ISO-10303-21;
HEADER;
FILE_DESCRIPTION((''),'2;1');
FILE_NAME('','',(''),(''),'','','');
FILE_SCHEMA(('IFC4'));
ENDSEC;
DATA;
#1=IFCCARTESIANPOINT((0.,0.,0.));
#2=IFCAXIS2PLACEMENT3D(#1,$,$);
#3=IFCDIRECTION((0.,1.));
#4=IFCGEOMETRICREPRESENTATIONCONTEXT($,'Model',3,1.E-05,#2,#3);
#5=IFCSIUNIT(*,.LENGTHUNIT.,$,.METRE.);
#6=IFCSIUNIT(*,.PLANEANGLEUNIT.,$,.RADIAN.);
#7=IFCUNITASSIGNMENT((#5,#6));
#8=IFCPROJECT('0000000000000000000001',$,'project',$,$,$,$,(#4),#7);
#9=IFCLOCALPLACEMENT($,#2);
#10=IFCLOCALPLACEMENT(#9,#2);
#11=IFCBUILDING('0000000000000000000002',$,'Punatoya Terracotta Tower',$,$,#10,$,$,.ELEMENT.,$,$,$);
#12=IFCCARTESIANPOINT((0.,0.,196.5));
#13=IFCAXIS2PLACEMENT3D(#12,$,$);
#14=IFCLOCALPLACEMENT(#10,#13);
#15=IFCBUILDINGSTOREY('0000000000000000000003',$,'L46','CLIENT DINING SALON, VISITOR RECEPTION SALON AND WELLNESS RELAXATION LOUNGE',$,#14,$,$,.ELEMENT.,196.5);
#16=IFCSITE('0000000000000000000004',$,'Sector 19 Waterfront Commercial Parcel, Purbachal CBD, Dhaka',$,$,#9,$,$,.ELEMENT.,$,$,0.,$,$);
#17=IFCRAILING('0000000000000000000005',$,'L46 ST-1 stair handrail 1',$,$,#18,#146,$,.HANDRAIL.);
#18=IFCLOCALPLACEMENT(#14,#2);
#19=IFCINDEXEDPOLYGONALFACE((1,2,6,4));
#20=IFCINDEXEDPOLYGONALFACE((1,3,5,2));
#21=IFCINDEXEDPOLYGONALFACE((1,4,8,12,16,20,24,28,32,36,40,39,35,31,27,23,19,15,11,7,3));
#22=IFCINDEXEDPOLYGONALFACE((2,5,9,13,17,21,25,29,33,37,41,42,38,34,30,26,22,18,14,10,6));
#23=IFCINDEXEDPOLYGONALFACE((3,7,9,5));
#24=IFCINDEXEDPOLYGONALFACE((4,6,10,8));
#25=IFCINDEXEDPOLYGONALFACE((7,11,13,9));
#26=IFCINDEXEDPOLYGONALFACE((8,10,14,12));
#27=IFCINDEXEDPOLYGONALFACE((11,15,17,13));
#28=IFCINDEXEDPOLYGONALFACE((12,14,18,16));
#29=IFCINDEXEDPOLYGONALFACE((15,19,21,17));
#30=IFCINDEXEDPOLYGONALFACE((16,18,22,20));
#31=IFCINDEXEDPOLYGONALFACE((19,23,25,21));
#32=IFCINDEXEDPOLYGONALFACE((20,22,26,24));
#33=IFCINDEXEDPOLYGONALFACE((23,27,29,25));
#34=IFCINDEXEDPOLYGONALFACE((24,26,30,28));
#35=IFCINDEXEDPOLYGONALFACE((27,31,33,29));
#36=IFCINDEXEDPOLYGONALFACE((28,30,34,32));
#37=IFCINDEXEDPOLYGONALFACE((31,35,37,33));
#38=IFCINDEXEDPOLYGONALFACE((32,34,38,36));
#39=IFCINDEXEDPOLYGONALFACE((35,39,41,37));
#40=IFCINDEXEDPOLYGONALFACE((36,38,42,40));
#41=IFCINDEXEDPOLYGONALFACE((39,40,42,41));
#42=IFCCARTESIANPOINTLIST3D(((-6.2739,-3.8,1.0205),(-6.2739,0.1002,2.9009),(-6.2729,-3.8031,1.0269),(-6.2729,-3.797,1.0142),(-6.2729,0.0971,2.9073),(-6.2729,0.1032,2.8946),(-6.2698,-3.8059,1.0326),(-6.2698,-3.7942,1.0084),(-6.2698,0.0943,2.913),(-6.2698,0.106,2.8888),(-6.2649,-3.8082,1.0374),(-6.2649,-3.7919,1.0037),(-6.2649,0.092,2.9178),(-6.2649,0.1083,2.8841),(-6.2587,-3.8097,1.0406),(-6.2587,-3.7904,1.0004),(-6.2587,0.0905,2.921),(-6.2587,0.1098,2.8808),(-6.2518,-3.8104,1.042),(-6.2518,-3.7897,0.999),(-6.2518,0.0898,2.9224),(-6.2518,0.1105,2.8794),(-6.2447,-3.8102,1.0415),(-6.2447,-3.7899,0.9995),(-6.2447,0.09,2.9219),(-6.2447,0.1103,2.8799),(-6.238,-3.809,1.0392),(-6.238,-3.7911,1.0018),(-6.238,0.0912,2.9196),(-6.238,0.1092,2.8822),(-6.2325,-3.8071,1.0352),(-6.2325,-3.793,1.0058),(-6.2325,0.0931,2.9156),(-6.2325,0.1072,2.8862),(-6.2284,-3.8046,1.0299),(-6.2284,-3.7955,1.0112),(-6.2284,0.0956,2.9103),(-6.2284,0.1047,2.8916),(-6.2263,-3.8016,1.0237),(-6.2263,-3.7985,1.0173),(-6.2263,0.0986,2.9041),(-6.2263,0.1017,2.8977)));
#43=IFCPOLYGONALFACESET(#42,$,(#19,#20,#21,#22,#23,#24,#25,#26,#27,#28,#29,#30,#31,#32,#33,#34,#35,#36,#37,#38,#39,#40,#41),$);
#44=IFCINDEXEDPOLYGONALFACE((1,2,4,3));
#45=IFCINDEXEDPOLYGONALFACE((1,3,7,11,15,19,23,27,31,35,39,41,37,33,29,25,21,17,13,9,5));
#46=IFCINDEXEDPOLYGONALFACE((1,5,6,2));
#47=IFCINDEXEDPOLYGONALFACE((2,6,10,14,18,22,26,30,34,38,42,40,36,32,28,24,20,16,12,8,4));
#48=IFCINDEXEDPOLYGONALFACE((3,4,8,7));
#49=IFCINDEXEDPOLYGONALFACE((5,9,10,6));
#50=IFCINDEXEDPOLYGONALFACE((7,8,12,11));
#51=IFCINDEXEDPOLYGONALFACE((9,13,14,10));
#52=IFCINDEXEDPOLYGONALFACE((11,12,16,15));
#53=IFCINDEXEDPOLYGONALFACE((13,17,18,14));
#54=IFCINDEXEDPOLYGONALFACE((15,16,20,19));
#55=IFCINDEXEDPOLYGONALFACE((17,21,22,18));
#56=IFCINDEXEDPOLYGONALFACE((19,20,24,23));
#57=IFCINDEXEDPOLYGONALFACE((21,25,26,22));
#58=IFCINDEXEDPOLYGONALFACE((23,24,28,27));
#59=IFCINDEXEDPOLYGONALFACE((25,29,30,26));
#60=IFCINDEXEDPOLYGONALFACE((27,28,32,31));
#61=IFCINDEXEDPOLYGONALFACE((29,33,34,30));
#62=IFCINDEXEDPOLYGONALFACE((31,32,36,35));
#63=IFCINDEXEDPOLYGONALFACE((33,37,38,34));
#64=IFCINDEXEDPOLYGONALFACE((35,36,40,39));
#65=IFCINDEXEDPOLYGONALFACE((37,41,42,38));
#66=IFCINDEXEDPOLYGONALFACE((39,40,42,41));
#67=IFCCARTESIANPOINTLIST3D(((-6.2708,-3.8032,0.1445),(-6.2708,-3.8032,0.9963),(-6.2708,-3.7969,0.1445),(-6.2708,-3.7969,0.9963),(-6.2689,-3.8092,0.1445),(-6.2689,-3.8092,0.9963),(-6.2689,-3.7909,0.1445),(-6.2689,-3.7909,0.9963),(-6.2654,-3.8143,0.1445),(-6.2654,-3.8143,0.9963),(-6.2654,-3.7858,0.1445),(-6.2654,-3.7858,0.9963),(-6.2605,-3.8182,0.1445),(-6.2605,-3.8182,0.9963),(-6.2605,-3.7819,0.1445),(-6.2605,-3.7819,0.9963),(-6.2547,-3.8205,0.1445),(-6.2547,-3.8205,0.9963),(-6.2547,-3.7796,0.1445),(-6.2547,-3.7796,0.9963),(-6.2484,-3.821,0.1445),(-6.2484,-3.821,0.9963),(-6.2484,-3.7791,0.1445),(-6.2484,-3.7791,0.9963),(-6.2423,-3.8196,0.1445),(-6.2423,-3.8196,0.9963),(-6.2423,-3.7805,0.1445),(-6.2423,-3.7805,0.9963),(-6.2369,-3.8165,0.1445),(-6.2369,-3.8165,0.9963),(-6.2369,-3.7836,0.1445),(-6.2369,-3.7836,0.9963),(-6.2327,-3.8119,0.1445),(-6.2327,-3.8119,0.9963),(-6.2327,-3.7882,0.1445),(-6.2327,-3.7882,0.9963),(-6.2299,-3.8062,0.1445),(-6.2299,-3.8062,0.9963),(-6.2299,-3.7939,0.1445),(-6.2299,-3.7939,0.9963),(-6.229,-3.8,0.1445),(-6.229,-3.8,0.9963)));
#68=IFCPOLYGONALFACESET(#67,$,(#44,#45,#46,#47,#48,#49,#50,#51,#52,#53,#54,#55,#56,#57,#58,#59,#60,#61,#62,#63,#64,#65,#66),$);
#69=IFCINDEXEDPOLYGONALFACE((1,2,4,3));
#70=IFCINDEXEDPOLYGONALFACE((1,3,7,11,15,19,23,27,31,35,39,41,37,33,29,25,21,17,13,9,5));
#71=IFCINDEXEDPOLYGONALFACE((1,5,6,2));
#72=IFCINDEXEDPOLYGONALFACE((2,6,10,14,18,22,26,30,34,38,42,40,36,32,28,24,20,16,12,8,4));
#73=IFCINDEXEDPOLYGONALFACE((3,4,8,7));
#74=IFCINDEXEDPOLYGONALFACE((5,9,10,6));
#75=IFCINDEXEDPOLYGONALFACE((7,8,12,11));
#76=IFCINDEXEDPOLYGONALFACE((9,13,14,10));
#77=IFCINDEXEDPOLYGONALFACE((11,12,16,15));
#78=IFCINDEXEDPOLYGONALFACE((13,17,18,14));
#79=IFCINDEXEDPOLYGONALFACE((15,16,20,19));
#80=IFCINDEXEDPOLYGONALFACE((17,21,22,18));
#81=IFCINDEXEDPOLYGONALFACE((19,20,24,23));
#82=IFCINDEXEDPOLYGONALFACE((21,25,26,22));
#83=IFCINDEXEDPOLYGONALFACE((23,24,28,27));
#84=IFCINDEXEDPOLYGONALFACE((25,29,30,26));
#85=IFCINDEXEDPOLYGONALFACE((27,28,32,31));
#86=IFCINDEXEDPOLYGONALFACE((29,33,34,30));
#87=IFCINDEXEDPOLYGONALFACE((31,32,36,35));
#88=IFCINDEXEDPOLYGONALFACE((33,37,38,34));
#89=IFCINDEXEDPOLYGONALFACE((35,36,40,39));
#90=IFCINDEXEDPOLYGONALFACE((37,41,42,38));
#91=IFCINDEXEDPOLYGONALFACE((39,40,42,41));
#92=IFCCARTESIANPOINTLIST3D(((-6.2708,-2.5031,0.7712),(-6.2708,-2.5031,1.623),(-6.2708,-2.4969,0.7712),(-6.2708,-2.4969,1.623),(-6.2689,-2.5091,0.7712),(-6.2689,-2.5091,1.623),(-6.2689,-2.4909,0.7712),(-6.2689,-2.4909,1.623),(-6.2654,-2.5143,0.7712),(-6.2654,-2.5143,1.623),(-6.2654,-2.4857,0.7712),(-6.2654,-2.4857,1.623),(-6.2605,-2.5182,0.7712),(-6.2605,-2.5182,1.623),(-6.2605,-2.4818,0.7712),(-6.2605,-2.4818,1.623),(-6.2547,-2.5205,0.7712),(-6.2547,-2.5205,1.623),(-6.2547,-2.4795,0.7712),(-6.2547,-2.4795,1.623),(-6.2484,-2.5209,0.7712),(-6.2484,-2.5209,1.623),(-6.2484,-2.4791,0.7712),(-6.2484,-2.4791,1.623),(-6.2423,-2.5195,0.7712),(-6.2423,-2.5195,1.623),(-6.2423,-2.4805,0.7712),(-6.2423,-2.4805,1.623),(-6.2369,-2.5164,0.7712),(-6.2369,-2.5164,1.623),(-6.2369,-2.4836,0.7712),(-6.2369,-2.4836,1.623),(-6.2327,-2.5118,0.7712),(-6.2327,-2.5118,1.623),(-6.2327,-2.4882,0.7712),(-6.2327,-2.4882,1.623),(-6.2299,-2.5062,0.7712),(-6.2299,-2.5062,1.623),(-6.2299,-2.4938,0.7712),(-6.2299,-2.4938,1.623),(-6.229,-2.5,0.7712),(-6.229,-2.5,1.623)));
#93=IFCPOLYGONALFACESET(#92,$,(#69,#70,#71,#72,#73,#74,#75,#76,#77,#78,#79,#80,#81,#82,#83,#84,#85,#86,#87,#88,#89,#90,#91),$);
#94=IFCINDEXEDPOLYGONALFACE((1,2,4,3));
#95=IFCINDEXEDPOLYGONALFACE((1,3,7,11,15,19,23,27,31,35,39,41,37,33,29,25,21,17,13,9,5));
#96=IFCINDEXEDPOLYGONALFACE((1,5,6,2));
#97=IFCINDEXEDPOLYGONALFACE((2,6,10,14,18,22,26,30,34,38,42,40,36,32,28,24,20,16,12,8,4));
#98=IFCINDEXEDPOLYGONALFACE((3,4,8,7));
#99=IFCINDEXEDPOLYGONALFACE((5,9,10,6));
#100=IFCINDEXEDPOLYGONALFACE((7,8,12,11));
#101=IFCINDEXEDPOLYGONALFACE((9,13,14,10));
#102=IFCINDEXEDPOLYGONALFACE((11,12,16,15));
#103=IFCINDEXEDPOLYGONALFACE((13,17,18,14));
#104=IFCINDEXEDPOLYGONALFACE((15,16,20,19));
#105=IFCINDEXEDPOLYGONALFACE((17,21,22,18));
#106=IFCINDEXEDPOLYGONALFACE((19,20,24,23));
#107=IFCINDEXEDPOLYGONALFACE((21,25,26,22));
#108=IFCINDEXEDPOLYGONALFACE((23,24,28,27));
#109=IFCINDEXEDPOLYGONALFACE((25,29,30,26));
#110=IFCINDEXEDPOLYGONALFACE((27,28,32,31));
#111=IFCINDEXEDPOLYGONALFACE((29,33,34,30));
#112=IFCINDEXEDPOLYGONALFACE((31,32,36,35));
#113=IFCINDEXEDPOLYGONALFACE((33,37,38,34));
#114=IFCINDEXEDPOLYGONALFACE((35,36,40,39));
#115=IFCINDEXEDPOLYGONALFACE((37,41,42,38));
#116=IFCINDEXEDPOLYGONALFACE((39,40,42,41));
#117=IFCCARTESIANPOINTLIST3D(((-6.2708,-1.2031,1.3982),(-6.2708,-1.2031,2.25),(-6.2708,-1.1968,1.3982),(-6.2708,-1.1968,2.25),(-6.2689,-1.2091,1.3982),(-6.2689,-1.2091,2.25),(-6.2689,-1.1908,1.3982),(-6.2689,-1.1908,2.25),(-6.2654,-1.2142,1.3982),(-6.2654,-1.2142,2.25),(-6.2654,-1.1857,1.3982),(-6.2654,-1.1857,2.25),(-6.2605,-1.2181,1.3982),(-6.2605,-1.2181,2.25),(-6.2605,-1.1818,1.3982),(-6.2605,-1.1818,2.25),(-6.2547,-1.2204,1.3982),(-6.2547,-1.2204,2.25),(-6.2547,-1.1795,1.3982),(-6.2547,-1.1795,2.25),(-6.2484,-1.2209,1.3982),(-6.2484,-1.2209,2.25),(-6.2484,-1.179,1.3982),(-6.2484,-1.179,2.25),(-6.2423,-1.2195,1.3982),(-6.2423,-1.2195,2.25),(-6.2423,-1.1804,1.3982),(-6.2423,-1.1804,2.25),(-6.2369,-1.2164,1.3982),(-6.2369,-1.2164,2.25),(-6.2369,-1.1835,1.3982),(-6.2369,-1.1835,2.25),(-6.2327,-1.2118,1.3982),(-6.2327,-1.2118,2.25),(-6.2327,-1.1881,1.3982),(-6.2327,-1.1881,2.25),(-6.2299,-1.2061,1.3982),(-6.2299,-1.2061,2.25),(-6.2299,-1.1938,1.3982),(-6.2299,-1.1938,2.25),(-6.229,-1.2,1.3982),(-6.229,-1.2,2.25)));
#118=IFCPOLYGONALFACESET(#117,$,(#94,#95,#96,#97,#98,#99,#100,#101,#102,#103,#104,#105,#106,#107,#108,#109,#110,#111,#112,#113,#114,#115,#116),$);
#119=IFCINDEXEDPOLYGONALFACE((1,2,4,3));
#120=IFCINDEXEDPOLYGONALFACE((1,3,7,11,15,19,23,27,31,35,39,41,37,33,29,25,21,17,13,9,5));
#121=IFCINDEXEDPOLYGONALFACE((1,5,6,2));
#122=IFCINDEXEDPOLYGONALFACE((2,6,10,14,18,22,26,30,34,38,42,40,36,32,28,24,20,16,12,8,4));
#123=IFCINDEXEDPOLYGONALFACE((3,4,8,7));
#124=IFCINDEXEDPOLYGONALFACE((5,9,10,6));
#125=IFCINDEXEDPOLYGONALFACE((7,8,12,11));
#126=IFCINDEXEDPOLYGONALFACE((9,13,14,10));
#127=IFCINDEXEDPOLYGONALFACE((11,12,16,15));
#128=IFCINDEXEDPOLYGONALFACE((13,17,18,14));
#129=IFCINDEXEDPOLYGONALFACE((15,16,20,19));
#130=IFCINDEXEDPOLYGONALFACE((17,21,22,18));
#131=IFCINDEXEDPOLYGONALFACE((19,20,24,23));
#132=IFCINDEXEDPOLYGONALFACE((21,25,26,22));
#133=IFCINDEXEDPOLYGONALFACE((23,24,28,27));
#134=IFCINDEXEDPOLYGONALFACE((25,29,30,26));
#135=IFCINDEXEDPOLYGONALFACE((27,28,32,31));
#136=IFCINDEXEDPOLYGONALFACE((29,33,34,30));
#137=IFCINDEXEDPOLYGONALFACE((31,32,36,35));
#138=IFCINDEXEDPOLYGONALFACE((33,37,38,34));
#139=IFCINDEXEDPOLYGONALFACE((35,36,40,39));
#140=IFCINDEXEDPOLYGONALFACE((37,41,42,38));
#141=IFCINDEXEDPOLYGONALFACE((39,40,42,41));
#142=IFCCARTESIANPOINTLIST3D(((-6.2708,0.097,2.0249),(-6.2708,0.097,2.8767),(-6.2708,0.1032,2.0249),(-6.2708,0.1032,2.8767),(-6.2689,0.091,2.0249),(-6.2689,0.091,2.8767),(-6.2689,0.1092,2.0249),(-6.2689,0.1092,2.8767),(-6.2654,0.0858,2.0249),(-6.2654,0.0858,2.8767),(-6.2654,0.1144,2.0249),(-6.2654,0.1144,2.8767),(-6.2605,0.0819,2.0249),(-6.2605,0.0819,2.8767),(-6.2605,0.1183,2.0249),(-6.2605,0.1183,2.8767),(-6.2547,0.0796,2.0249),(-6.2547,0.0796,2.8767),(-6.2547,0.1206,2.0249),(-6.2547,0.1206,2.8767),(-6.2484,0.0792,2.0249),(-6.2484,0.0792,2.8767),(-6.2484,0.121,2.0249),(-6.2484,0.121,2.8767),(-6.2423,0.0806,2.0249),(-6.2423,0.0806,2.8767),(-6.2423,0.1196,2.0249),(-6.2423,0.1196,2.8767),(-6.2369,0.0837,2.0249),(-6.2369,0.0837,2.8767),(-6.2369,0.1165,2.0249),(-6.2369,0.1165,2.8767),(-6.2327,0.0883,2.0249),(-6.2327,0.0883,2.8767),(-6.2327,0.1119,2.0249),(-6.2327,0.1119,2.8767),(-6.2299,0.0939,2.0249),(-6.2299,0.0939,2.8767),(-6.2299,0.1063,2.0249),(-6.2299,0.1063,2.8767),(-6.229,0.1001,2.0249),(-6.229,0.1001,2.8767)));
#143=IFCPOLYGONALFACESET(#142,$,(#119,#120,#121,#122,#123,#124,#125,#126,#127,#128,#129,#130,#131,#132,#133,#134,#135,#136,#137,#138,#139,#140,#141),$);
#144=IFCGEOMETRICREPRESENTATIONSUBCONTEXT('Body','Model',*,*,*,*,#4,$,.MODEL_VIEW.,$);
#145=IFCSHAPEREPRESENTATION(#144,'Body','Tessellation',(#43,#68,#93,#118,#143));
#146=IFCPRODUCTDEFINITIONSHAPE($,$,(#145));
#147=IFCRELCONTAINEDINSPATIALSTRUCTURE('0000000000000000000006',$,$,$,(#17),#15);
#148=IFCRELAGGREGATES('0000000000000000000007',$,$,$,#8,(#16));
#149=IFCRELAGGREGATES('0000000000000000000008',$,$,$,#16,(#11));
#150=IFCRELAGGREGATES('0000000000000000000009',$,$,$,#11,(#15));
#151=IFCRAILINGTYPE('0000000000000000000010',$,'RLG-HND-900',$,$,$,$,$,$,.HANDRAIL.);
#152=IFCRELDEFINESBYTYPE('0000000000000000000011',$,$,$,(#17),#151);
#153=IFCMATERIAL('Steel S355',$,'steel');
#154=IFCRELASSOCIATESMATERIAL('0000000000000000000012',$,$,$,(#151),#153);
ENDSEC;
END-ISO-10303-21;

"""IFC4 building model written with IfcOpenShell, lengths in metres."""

from ifc_helpers import new_model, si_unit, direction, frame, origin, origin_2d, place, context, subcontext, project, spatial, circle, extrude, material, type_object, element, save


model = new_model("IFC4")

# Units and contexts
model_context = context("Model", 3, precision=1e-05, world=origin(), true_north=direction((0.0, 1.0)))
body_context = subcontext(model_context, "Body", "Model", "MODEL_VIEW")
ifc_project = project(units=[si_unit("LENGTHUNIT", "METRE"), si_unit("PLANEANGLEUNIT", "RADIAN")], contexts=[model_context])

# Site, building, storey
site_placement = place(None, origin())
site = spatial("IfcSite", under=ifc_project, at=site_placement, Name="Sector 19 Waterfront Commercial Parcel, Purbachal CBD, Dhaka", CompositionType="ELEMENT", RefElevation=0.0)
building_placement = place(site_placement, origin())
building = spatial("IfcBuilding", under=site, at=building_placement, Name="Punatoya Terracotta Tower", CompositionType="ELEMENT")
storey_placement = place(building_placement, frame((0.0, 0.0, 196.5)))
storey = spatial("IfcBuildingStorey", under=building, at=storey_placement, Name="L46", Description="CLIENT DINING SALON, VISITOR RECEPTION SALON AND WELLNESS RELAXATION LOUNGE", CompositionType="ELEMENT", Elevation=196.5)

# Shared definitions
ifc_material_1 = material(Name="Steel S355", Category="steel")

# Railing
railing_type_1 = type_object("IfcRailingType", Name="RLG-HND-900", PredefinedType="HANDRAIL", material=ifc_material_1)
railing_1_placement = place(storey_placement, frame((-6.25, -3.8, 0.1445)))
element("IfcRailing", 1, at=railing_1_placement, inside=storey, type_object=railing_type_1, Name="L46 ST-1 stair handrail 1", PredefinedType="HANDRAIL", context=body_context, shape_type="SweptSolid", body=[
    extrude(circle(Radius=0.0239, at=origin_2d()), frame((0.0, 0.0, 0.876), z_axis=(0.0, 0.900774, 0.434289), x_axis=(-1.0, 0.0, 0.0)), (0.0, 0.0, 1.0), 4.3298),
    extrude(circle(Radius=0.021, at=origin_2d()), origin(), (0.0, 0.0, 1.0), 0.8518),
    extrude(circle(Radius=0.021, at=origin_2d()), frame((0.0, 1.3, 0.6267)), (0.0, 0.0, 1.0), 0.8518),
    extrude(circle(Radius=0.021, at=origin_2d()), frame((0.0, 2.6001, 1.2537)), (0.0, 0.0, 1.0), 0.8518),
    extrude(circle(Radius=0.021, at=origin_2d()), frame((0.0, 3.9001, 1.8804)), (0.0, 0.0, 1.0), 0.8518),
])

save(model, "model.ifc")
